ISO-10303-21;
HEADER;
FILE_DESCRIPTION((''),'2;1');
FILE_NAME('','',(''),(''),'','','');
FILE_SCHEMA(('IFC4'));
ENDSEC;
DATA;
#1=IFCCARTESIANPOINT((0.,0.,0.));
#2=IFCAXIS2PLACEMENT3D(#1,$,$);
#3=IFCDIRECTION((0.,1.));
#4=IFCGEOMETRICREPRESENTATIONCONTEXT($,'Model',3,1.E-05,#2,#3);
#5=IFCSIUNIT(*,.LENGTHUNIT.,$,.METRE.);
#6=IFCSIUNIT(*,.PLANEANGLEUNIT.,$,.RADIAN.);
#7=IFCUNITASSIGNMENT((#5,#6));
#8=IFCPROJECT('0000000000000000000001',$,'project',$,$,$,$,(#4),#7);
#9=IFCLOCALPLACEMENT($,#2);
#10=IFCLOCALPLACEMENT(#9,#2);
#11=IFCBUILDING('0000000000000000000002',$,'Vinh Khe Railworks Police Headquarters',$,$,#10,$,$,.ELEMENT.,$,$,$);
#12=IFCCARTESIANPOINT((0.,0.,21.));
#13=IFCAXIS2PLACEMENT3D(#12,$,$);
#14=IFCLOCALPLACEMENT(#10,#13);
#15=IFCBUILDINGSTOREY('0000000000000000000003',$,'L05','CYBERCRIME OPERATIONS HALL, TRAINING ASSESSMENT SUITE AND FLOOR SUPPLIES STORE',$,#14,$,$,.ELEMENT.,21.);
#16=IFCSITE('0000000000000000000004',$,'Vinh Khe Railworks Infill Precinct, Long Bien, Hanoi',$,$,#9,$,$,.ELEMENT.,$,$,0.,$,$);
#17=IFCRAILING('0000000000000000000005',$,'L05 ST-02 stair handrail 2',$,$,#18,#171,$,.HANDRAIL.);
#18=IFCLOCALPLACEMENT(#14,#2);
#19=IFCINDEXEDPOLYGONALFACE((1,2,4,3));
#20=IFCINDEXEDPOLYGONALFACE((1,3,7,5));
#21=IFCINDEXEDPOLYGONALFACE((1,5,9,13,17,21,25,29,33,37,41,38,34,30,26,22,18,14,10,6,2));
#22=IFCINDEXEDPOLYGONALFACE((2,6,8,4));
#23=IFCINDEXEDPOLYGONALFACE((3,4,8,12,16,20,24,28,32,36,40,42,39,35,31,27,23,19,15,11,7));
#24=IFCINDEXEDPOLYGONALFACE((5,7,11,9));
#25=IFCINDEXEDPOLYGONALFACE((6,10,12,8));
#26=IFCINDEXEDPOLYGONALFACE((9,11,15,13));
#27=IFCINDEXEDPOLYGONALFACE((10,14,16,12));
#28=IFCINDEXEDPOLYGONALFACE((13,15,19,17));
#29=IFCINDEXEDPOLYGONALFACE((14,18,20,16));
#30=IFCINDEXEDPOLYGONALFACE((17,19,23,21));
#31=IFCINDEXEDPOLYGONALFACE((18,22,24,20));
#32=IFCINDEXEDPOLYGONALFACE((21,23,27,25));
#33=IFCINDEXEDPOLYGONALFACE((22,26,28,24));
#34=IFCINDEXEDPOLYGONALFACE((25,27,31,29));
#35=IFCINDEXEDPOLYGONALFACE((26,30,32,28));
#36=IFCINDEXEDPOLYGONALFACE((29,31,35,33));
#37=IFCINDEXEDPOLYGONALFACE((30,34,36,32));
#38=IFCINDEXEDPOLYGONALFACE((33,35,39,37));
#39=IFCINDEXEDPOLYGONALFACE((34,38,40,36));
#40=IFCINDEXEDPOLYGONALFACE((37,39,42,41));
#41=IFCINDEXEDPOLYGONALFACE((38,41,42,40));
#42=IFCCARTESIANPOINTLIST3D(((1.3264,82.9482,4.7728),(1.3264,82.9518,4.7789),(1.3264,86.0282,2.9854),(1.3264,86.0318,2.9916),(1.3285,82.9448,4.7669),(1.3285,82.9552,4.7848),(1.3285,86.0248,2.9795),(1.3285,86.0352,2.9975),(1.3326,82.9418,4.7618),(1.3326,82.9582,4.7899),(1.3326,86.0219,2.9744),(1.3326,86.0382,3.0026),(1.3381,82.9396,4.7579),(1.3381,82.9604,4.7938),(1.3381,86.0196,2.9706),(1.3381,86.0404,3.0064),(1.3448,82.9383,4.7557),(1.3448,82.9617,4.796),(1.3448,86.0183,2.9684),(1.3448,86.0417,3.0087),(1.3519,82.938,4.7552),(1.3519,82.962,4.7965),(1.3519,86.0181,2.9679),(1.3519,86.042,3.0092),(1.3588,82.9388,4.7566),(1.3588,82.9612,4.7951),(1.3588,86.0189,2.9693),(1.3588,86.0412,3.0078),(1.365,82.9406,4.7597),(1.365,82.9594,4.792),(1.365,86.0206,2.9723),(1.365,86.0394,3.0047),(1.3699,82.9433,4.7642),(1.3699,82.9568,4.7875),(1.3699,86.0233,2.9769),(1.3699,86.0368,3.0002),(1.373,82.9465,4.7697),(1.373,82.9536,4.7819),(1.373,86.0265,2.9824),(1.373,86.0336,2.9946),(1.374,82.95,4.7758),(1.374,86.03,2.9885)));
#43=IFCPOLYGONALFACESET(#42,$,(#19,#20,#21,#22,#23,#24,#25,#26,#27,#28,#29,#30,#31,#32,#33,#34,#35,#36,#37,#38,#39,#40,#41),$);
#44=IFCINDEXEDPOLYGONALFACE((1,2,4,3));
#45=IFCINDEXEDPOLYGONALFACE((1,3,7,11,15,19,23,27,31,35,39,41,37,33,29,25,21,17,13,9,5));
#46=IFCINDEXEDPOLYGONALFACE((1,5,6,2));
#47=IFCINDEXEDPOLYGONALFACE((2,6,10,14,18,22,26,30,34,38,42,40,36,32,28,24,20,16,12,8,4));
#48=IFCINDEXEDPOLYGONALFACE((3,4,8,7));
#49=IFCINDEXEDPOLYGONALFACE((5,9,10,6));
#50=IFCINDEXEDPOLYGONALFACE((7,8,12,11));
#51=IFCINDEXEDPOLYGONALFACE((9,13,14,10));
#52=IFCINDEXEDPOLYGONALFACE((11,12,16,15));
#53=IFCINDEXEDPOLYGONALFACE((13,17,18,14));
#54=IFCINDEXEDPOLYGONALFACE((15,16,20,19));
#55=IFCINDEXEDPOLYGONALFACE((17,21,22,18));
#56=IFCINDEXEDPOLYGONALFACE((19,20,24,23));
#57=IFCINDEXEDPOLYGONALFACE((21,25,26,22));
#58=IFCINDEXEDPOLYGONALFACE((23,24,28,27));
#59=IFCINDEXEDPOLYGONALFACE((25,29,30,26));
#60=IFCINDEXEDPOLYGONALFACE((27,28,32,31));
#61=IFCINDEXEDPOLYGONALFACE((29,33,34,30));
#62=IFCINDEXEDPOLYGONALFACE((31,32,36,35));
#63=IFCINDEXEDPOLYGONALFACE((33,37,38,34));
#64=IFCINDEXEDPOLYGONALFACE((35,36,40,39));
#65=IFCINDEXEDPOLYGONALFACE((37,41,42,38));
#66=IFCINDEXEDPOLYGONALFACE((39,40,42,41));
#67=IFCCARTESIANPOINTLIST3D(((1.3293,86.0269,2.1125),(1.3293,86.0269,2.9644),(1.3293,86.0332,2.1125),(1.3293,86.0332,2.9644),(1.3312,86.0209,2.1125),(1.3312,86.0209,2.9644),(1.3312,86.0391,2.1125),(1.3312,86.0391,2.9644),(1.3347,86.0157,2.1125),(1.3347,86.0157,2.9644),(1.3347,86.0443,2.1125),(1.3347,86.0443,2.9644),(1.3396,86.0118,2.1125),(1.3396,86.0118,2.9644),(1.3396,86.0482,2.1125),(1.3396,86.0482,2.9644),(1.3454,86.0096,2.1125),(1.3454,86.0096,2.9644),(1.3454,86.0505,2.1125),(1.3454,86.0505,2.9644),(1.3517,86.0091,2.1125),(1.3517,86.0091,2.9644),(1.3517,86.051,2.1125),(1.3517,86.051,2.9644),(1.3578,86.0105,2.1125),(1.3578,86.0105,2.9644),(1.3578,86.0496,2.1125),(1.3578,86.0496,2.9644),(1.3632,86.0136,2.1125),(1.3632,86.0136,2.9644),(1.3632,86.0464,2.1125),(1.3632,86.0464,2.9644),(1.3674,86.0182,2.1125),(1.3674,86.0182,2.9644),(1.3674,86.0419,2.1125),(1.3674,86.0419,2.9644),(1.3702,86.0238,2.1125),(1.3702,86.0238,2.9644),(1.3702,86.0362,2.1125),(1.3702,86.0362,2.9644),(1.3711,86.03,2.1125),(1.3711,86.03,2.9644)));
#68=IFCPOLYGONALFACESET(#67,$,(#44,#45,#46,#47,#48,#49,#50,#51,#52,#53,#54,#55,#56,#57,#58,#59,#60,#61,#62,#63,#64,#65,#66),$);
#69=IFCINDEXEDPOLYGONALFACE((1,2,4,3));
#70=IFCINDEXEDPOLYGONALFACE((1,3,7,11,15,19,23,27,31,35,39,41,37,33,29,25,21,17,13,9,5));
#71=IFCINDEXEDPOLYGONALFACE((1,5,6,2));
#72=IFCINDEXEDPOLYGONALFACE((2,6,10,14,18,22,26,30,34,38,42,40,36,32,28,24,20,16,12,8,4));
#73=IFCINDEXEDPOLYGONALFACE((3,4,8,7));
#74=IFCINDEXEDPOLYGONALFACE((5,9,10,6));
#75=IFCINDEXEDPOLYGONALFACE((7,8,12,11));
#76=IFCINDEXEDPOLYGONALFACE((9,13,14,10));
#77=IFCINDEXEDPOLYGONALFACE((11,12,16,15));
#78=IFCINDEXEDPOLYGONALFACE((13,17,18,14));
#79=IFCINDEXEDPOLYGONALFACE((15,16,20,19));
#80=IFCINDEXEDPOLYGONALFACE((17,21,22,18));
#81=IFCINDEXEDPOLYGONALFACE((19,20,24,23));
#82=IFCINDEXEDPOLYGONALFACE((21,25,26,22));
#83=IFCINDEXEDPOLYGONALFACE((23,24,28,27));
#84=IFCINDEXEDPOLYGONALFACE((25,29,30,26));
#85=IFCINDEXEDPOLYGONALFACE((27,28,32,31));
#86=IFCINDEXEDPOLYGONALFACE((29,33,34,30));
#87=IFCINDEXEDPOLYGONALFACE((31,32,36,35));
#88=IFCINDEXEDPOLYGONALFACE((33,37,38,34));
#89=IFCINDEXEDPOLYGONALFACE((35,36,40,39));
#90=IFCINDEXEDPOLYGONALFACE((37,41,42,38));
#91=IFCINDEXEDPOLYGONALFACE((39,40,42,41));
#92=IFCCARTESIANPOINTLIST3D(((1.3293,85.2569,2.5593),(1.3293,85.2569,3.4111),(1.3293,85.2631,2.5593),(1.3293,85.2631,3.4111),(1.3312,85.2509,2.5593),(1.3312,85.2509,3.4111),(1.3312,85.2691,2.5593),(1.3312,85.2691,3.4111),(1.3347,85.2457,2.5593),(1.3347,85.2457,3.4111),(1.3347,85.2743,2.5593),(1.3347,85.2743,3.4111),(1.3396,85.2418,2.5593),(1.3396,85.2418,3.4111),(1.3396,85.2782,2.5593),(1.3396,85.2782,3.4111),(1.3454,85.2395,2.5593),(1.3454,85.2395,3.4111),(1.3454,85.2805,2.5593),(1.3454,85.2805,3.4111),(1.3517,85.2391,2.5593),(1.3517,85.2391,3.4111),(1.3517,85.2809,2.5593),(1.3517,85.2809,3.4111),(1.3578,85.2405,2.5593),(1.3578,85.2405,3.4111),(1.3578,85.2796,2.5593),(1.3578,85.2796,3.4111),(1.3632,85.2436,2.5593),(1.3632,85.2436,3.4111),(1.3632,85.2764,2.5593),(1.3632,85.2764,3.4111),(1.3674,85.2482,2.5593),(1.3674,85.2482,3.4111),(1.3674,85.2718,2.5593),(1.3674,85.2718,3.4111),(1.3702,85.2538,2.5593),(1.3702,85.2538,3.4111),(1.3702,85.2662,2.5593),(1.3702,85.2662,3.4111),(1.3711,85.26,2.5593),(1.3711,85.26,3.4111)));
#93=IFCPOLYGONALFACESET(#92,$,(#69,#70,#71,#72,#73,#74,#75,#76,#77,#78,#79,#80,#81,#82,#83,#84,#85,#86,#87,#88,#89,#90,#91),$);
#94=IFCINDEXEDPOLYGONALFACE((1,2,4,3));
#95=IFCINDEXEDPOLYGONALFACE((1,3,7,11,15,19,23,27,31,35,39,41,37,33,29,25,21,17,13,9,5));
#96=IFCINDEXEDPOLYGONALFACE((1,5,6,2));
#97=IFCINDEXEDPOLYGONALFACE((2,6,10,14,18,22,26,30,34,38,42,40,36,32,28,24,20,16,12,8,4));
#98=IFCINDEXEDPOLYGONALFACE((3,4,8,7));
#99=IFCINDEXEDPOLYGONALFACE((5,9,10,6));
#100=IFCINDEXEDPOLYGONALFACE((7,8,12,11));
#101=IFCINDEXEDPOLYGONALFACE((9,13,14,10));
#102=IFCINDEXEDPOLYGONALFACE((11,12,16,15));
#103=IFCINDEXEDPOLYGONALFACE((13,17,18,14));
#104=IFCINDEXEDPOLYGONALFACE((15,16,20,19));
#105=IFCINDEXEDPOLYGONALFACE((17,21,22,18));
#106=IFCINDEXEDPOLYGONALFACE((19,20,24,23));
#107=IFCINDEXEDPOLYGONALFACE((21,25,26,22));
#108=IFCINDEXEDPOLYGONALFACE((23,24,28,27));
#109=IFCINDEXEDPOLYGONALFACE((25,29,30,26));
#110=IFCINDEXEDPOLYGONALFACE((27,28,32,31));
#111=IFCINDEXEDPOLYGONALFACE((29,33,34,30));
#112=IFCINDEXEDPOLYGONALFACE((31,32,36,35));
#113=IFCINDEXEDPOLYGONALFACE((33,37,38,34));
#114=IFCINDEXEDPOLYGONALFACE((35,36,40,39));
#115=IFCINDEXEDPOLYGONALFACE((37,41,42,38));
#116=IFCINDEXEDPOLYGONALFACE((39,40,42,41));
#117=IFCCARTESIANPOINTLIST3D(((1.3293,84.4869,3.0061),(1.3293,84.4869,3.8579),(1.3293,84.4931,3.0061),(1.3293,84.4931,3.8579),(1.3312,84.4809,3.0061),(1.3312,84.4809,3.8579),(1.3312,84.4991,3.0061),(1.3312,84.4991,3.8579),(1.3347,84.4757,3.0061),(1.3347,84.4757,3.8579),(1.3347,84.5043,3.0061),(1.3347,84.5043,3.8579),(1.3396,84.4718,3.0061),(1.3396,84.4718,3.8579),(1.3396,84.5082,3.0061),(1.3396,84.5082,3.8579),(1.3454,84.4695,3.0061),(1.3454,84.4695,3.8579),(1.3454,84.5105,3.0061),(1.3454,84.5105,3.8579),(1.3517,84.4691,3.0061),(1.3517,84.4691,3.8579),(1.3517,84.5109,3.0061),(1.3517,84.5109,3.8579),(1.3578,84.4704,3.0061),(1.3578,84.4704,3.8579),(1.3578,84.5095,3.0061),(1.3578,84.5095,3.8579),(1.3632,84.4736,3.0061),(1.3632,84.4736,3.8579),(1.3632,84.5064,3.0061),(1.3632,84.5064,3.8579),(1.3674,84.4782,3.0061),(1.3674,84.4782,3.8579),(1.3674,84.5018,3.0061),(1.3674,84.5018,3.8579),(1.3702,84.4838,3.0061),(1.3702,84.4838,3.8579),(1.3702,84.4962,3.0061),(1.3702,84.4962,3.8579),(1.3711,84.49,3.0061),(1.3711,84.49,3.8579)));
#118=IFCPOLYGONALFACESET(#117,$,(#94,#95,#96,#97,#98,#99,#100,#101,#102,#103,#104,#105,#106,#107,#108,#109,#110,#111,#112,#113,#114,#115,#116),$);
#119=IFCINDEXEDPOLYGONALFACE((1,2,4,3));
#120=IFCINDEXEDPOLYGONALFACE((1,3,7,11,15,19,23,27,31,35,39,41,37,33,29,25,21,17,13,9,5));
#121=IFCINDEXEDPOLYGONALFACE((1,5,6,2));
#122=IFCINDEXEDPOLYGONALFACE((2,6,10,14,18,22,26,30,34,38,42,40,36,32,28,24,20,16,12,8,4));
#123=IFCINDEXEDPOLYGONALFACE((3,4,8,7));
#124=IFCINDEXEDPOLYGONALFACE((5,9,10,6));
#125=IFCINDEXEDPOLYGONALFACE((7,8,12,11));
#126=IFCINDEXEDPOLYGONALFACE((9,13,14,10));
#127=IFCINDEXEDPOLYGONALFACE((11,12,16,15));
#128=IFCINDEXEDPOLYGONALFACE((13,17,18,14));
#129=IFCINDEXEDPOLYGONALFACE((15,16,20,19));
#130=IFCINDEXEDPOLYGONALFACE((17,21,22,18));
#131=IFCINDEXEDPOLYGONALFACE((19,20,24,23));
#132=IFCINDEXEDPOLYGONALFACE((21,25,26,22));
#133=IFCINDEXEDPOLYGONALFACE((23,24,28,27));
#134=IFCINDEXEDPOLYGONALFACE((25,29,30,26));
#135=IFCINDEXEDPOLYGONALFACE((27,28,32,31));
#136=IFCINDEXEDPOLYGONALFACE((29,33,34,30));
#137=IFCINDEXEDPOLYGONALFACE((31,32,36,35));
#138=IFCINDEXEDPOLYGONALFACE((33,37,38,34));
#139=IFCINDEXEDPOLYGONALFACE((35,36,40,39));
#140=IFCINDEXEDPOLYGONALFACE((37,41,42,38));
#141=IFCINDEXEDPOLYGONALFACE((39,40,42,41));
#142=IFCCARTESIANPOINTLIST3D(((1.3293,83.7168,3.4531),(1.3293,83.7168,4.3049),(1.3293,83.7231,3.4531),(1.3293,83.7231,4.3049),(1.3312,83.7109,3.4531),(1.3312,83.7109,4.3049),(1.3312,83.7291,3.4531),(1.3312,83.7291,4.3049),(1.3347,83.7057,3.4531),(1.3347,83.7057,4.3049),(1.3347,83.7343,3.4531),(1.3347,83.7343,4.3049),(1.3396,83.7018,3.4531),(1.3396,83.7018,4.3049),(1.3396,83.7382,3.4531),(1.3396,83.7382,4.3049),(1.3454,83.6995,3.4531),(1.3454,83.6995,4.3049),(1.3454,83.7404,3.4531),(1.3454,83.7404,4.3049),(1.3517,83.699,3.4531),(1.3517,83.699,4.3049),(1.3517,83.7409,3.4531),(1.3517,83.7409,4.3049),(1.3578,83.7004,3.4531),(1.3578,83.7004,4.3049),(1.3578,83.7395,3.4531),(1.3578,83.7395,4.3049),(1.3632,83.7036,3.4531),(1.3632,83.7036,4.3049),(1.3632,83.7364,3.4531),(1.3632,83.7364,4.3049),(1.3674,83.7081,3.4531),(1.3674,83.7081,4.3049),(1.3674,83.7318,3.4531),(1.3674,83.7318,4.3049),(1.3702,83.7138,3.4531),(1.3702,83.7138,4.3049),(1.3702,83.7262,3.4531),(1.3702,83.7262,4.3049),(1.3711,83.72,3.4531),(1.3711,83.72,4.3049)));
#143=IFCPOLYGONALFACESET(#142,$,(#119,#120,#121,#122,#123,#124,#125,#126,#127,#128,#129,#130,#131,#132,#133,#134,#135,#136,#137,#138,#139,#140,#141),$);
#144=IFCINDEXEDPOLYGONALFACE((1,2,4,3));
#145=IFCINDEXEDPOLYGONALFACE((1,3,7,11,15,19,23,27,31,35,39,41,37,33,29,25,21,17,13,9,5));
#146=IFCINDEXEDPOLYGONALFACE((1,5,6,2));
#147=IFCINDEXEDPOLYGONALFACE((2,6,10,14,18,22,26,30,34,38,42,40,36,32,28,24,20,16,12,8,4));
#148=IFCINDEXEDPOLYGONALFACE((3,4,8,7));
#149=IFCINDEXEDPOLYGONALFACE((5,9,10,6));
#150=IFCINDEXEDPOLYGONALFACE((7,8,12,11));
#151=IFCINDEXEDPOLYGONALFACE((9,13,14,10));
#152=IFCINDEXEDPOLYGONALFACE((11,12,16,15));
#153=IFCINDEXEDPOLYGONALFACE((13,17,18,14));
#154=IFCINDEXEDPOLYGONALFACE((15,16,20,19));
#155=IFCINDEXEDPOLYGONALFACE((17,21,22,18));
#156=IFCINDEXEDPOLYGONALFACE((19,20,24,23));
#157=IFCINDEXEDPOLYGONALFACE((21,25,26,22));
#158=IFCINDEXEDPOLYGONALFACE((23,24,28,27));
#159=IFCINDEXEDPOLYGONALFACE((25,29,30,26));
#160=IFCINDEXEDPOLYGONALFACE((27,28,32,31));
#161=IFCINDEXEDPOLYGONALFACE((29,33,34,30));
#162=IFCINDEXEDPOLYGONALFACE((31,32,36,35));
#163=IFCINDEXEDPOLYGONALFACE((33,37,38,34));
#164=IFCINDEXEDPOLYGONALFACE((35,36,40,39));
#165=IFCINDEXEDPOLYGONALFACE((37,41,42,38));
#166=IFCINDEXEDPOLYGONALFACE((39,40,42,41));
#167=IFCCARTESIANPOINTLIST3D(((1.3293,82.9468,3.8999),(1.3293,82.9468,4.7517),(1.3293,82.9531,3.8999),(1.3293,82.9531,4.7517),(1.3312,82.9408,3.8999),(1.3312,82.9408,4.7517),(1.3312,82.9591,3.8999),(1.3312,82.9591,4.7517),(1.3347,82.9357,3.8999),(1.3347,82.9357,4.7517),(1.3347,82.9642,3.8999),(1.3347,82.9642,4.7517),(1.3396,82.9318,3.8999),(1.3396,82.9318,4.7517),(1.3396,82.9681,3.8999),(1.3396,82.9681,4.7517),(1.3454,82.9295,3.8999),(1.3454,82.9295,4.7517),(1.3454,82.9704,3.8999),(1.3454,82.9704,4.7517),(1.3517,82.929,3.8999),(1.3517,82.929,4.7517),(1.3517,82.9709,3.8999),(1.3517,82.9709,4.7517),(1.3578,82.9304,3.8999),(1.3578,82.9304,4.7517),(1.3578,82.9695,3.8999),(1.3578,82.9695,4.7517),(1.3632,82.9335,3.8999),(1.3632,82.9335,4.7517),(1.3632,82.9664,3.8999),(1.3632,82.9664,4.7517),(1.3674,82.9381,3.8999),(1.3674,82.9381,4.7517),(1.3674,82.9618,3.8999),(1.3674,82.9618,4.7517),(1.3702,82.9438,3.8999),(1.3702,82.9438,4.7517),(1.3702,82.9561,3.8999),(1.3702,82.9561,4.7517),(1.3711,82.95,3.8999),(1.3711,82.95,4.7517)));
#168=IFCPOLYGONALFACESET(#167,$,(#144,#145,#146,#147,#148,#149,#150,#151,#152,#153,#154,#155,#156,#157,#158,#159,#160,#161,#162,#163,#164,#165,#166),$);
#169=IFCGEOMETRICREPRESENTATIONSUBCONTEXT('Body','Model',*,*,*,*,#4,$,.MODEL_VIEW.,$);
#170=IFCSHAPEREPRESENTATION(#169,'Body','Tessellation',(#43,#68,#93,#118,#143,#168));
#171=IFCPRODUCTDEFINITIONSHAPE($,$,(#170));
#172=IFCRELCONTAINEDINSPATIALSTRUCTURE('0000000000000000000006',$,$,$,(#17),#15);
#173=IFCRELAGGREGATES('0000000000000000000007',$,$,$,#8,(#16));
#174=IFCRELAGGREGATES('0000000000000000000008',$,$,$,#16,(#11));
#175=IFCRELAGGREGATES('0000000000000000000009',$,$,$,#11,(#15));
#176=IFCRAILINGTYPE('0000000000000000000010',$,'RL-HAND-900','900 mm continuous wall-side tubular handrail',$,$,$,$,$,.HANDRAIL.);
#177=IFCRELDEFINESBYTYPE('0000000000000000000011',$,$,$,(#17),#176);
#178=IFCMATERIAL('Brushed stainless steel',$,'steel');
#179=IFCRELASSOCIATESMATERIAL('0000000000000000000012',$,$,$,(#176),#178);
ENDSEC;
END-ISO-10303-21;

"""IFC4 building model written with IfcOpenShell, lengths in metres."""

from ifc_helpers import new_model, si_unit, direction, frame, origin, origin_2d, place, context, subcontext, project, spatial, circle, extrude, material, type_object, element, save


model = new_model("IFC4")

# Units and contexts
model_context = context("Model", 3, precision=1e-05, world=origin(), true_north=direction((0.0, 1.0)))
body_context = subcontext(model_context, "Body", "Model", "MODEL_VIEW")
ifc_project = project(units=[si_unit("LENGTHUNIT", "METRE"), si_unit("PLANEANGLEUNIT", "RADIAN")], contexts=[model_context])

# Site, building, storey
site_placement = place(None, origin())
site = spatial("IfcSite", under=ifc_project, at=site_placement, Name="Vinh Khe Railworks Infill Precinct, Long Bien, Hanoi", CompositionType="ELEMENT", RefElevation=0.0)
building_placement = place(site_placement, origin())
building = spatial("IfcBuilding", under=site, at=building_placement, Name="Vinh Khe Railworks Police Headquarters", CompositionType="ELEMENT")
storey_placement = place(building_placement, frame((0.0, 0.0, 21.0)))
storey = spatial("IfcBuildingStorey", under=building, at=storey_placement, Name="L05", Description="CYBERCRIME OPERATIONS HALL, TRAINING ASSESSMENT SUITE AND FLOOR SUPPLIES STORE", CompositionType="ELEMENT", Elevation=21.0)

# Railing
ifc_material_1 = material(Name="Brushed stainless steel", Category="steel")
railing_type_1 = type_object("IfcRailingType", Name="RL-HAND-900", Description="900 mm continuous wall-side tubular handrail", PredefinedType="HANDRAIL", material=ifc_material_1)
railing_1_placement = place(storey_placement, frame((1.3501, 86.03, 2.1125)))
element("IfcRailing", 1, at=railing_1_placement, inside=storey, type_object=railing_type_1, Name="L05 ST-02 stair handrail 2", PredefinedType="HANDRAIL", context=body_context, shape_type="SweptSolid", body=[
    extrude(circle(Radius=0.0239, at=origin_2d()), frame((0.0, 0.0, 0.876), z_axis=(0.0, -0.86492, 0.501909), x_axis=(1.0, 0.0, 0.0)), (0.0, 0.0, 1.0), 3.561),
    extrude(circle(Radius=0.021, at=origin_2d()), origin(), (0.0, 0.0, 1.0), 0.8518),
    extrude(circle(Radius=0.021, at=origin_2d()), frame((0.0, -0.77, 0.4468)), (0.0, 0.0, 1.0), 0.8518),
    extrude(circle(Radius=0.021, at=origin_2d()), frame((0.0, -1.54, 0.8936)), (0.0, 0.0, 1.0), 0.8518),
    extrude(circle(Radius=0.021, at=origin_2d()), frame((0.0, -2.3101, 1.3406)), (0.0, 0.0, 1.0), 0.8518),
    extrude(circle(Radius=0.021, at=origin_2d()), frame((0.0, -3.0801, 1.7874)), (0.0, 0.0, 1.0), 0.8518),
])

save(model, "model.ifc")
